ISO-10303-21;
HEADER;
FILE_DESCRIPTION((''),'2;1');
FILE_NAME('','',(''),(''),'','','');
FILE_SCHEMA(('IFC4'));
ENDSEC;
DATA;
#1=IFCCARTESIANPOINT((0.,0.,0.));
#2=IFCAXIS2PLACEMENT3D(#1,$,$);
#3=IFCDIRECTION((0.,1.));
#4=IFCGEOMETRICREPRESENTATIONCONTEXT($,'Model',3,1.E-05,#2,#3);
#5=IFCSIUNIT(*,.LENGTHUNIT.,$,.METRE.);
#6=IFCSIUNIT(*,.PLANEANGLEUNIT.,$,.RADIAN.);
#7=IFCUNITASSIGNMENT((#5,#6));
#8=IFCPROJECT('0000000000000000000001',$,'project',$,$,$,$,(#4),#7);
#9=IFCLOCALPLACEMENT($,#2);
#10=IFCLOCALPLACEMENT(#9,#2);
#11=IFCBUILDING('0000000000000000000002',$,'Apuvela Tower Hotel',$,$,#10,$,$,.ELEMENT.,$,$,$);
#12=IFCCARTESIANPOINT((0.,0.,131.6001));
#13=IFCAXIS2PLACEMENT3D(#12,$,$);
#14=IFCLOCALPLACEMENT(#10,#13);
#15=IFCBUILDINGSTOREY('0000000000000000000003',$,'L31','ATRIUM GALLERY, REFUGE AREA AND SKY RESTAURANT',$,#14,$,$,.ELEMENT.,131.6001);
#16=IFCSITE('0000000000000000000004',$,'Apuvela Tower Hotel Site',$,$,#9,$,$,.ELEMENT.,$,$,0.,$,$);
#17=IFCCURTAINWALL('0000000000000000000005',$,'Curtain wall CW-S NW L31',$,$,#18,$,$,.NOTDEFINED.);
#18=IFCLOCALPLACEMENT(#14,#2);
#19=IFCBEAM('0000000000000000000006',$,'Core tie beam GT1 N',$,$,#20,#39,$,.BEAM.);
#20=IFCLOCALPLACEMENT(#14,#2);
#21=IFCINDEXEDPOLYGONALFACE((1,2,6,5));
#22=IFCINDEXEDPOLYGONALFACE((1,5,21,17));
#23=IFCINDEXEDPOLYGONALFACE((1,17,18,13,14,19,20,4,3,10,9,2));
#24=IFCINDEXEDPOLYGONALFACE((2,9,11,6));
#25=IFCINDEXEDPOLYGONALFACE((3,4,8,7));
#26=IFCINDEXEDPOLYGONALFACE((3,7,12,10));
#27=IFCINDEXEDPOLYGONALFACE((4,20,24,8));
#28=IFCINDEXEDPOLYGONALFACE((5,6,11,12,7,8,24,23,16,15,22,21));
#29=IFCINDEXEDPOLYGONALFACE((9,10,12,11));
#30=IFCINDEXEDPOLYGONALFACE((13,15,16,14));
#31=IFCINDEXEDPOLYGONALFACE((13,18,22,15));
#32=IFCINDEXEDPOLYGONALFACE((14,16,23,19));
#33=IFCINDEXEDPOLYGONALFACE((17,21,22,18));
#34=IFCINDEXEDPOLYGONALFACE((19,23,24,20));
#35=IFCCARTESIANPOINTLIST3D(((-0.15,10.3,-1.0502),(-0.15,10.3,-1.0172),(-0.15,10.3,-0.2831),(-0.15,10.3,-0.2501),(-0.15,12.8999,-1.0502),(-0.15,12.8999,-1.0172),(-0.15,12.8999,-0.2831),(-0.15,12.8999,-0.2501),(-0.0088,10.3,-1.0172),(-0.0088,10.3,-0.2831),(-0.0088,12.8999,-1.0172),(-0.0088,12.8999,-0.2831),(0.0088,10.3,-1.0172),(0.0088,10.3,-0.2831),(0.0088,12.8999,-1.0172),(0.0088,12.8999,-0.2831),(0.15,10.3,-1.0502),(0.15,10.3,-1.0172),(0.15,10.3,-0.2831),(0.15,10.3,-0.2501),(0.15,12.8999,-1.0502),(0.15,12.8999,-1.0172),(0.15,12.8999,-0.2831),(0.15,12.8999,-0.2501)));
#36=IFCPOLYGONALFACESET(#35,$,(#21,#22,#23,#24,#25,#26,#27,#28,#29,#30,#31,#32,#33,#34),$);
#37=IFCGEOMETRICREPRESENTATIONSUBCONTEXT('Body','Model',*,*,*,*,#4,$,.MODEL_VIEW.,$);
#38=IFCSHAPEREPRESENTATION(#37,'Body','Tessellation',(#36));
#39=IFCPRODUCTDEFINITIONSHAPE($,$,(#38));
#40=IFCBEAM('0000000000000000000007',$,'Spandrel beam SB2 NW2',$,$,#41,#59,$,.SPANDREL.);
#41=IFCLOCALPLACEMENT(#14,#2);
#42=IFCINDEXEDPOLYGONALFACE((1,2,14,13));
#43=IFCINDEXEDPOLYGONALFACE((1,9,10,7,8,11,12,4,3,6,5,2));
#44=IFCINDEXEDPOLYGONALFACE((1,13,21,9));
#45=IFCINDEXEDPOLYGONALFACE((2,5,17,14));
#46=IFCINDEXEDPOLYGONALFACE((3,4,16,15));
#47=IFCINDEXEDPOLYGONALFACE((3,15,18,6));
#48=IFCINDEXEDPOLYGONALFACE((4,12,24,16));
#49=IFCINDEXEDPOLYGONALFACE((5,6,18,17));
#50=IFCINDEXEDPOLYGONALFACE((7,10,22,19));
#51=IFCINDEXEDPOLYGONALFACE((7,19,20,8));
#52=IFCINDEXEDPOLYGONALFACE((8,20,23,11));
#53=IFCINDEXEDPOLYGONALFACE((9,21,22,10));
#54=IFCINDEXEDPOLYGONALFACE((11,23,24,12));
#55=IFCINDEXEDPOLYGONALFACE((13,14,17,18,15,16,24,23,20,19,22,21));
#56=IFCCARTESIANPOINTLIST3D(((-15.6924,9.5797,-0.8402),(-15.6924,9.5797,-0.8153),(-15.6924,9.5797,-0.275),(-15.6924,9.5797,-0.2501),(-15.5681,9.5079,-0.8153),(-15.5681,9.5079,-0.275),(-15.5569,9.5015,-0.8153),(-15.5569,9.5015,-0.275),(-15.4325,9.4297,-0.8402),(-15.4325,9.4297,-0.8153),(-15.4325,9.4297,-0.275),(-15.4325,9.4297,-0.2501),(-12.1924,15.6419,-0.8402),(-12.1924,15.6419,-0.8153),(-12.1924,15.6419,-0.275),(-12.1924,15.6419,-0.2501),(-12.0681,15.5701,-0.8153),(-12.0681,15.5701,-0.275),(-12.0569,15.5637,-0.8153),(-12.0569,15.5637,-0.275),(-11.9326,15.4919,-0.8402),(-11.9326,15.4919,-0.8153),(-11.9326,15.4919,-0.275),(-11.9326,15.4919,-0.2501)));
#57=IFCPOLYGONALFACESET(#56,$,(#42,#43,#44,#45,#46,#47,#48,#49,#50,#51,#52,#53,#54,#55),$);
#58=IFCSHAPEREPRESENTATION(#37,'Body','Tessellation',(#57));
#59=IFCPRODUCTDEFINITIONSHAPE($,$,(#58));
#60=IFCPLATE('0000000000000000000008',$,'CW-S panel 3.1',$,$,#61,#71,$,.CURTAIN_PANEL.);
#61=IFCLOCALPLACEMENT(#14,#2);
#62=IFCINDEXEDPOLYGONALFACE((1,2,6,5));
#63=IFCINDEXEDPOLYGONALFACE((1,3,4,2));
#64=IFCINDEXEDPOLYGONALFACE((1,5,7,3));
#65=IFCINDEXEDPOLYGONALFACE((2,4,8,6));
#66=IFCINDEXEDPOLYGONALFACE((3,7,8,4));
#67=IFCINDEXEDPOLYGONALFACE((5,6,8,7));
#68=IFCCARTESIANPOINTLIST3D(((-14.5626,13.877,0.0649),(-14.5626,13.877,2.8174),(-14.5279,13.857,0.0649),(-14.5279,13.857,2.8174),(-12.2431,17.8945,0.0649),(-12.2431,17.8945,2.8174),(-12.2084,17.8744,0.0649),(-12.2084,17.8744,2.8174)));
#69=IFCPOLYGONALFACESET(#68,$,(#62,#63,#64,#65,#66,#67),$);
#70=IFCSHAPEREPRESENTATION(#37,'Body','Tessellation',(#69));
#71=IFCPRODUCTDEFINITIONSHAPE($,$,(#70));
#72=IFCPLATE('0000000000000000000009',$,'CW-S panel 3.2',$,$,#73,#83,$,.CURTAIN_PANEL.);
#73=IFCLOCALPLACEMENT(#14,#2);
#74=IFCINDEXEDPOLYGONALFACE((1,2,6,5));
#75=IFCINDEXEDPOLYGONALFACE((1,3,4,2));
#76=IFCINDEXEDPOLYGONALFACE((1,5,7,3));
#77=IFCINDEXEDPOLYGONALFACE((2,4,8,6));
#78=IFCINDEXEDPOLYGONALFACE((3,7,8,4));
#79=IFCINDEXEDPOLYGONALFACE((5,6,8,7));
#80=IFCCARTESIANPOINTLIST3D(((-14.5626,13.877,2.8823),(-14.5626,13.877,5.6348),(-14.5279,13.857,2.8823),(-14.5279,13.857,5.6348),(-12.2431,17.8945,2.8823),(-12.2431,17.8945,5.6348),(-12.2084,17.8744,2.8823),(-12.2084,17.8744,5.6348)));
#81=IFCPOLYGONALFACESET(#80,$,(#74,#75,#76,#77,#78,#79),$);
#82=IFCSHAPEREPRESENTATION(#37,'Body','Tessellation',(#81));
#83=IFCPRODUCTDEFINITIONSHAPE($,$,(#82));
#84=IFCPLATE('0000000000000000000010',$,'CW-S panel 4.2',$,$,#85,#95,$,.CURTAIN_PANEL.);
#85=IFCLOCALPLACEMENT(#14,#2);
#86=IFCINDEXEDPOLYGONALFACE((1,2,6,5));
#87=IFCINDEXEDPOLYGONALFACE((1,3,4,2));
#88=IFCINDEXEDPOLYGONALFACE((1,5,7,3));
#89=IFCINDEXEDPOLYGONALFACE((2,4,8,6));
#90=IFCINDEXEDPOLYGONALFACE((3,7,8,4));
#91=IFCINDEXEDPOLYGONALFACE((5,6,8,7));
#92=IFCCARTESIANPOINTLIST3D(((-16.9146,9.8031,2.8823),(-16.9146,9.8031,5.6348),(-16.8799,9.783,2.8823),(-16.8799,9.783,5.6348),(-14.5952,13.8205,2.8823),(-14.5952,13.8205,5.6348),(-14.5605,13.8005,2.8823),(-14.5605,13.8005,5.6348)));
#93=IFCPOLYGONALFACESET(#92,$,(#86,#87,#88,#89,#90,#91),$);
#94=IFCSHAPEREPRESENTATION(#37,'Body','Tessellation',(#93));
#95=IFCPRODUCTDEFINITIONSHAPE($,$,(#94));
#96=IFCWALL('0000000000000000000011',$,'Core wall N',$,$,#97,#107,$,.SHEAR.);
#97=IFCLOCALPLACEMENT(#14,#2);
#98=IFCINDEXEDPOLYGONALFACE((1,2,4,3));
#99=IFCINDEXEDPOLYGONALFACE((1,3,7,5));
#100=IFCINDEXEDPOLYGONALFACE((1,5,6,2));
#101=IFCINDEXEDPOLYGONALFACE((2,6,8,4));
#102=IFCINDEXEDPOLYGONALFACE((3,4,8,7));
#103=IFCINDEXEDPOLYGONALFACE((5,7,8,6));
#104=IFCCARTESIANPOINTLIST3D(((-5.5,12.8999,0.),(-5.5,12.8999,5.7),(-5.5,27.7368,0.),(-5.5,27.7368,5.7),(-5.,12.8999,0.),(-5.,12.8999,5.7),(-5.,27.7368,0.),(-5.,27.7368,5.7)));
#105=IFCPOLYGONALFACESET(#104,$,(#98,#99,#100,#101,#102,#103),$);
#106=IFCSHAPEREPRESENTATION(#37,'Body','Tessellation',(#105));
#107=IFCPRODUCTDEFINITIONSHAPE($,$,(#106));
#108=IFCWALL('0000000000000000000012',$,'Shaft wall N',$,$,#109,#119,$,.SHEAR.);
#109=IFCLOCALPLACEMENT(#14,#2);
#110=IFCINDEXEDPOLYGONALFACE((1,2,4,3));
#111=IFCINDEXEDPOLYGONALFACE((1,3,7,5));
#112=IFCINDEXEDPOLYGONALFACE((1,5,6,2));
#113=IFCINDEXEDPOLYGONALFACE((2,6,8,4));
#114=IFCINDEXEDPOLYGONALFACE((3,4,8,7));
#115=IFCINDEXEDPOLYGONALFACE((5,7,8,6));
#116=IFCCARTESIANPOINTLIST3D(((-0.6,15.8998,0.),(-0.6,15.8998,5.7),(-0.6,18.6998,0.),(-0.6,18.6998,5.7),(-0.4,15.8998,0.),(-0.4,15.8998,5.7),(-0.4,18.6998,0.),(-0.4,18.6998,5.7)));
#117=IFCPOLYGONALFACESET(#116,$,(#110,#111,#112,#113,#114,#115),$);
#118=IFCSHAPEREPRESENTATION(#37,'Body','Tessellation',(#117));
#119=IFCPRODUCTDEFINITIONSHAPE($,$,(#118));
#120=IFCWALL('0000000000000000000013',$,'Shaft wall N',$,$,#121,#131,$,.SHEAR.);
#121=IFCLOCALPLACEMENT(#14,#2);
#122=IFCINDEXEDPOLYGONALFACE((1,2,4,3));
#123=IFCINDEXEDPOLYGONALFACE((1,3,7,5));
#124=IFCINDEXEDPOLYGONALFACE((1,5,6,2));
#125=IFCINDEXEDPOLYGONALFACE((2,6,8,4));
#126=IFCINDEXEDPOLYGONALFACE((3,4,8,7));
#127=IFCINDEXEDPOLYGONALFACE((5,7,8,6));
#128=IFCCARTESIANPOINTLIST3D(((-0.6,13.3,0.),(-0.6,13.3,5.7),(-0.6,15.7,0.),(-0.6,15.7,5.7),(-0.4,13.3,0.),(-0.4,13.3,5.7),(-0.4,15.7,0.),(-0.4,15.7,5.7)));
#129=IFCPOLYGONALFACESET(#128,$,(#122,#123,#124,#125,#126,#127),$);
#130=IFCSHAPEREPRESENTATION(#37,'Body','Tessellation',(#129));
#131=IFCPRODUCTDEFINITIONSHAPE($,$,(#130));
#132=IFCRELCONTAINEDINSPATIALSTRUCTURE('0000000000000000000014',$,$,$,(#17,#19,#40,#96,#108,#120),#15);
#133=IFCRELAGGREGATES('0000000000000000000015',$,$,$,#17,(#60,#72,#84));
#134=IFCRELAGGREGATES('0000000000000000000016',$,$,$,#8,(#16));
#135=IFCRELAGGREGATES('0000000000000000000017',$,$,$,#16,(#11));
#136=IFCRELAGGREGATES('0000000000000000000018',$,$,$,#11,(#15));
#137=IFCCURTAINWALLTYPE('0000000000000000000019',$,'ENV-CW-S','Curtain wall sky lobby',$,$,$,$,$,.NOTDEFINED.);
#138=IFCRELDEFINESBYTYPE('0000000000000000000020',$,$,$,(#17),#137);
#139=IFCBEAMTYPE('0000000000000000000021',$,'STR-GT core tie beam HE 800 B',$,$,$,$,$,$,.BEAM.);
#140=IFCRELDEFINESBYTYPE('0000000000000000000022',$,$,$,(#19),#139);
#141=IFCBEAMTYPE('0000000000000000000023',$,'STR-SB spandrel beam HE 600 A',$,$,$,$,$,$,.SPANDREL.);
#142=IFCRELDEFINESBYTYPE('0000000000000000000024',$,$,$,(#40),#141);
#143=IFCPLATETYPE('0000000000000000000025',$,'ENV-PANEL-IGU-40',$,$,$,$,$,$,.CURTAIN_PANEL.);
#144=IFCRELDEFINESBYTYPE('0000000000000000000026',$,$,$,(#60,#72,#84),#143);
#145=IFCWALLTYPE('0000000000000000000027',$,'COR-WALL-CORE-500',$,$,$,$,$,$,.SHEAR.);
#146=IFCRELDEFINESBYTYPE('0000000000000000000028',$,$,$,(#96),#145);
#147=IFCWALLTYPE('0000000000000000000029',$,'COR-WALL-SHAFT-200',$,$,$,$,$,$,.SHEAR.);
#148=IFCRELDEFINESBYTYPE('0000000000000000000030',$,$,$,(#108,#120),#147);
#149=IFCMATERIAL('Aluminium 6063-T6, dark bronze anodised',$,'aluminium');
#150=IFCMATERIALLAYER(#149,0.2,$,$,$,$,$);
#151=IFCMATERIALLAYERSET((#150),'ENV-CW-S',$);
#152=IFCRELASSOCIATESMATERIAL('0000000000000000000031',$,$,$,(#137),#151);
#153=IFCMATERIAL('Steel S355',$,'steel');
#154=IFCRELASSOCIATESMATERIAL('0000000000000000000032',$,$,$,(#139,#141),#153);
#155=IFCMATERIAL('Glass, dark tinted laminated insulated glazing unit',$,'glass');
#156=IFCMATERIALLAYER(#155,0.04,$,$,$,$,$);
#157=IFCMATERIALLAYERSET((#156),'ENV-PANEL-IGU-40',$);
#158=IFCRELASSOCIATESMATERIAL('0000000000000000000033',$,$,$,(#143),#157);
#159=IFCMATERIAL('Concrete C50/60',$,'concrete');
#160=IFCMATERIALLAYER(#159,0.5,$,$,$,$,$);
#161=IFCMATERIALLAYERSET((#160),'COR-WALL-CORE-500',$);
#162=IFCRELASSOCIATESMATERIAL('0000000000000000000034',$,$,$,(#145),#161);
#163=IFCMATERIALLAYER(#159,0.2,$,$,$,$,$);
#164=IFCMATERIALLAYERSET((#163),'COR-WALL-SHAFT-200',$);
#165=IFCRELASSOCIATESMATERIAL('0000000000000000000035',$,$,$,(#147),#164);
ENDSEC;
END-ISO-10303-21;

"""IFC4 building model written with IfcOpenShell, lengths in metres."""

from ifc_helpers import new_model, si_unit, direction, frame, frame_2d, origin, origin_2d, place, context, subcontext, project, spatial, rectangle, i_section, extrude, material, layer, layer_set, material_profile, profile_set, type_object, element, aggregate, save


model = new_model("IFC4")

# Units and contexts
model_context = context("Model", 3, precision=1e-05, world=origin(), true_north=direction((0.0, 1.0)))
body_context = subcontext(model_context, "Body", "Model", "MODEL_VIEW")
ifc_project = project(units=[si_unit("LENGTHUNIT", "METRE"), si_unit("PLANEANGLEUNIT", "RADIAN")], contexts=[model_context])

# Site, building, storey
site_placement = place(None, origin())
site = spatial("IfcSite", under=ifc_project, at=site_placement, Name="Apuvela Tower Hotel Site", CompositionType="ELEMENT", RefElevation=0.0)
building_placement = place(site_placement, origin())
building = spatial("IfcBuilding", under=site, at=building_placement, Name="Apuvela Tower Hotel", CompositionType="ELEMENT")
storey_placement = place(building_placement, frame((0.0, 0.0, 131.6001)))
storey = spatial("IfcBuildingStorey", under=building, at=storey_placement, Name="L31", Description="ATRIUM GALLERY, REFUGE AREA AND SKY RESTAURANT", CompositionType="ELEMENT", Elevation=131.6001)

# Curtain wall
ifc_material_1 = material(Name="Aluminium 6063-T6, dark bronze anodised", Category="aluminium")
ifc_layer_1 = layer(ifc_material_1, 0.2)
ifc_layer_set_1 = layer_set([ifc_layer_1], Name="ENV-CW-S")
curtain_wall_type = type_object("IfcCurtainWallType", Name="ENV-CW-S", Description="Curtain wall sky lobby", PredefinedType="NOTDEFINED", material=ifc_layer_set_1)
curtain_wall_placement = place(storey_placement, origin())
curtain_wall = element("IfcCurtainWall", 1, at=curtain_wall_placement, inside=storey, type_object=curtain_wall_type, Name="Curtain wall CW-S NW L31", PredefinedType="NOTDEFINED")

# Beams
ifc_material_2 = material(Name="Steel S355", Category="steel")
ifc_material_profile_1 = material_profile(ifc_material_2, i_section(OverallWidth=0.3, OverallDepth=0.8, WebThickness=0.0176, FlangeThickness=0.033, at=origin_2d()), Name="HE 800 B")
ifc_profile_set_1 = profile_set([ifc_material_profile_1], Name="Steel S355")
beam_type_1 = type_object("IfcBeamType", Name="STR-GT core tie beam HE 800 B", PredefinedType="BEAM", material=ifc_profile_set_1)
beam_1_placement = place(storey_placement, frame((0.0, 12.8999, -0.6501), z_axis=(0.0, -1.0, 0.0), x_axis=(1.0, 0.0, 0.0)))
element("IfcBeam", 2, at=beam_1_placement, inside=storey, type_object=beam_type_1, Name="Core tie beam GT1 N", PredefinedType="BEAM", context=body_context, shape_type="SweptSolid", body=[
    extrude(i_section(OverallWidth=0.3, OverallDepth=0.8, WebThickness=0.0176, FlangeThickness=0.033, at=origin_2d()), origin(), (0.0, 0.0, 1.0), 2.5999),
])
ifc_material_profile_2 = material_profile(ifc_material_2, i_section(OverallWidth=0.3, OverallDepth=0.5901, WebThickness=0.0129, FlangeThickness=0.0249, at=origin_2d()), Name="HE 600 A")
ifc_profile_set_2 = profile_set([ifc_material_profile_2], Name="Steel S355")
beam_type_2 = type_object("IfcBeamType", Name="STR-SB spandrel beam HE 600 A", PredefinedType="SPANDREL", material=ifc_profile_set_2)
beam_2_placement = place(storey_placement, frame((-12.0625, 15.5669, -0.5452), z_axis=(-0.499995, -0.866028, 0.0), x_axis=(0.866028, -0.499995, 0.0)))
element("IfcBeam", 3, at=beam_2_placement, inside=storey, type_object=beam_type_2, Name="Spandrel beam SB2 NW2", PredefinedType="SPANDREL", context=body_context, shape_type="SweptSolid", body=[
    extrude(i_section(OverallWidth=0.3, OverallDepth=0.5901, WebThickness=0.0129, FlangeThickness=0.0249, at=origin_2d()), origin(), (0.0, 0.0, 1.0), 7.0),
])

# Plates
ifc_material_3 = material(Name="Glass, dark tinted laminated insulated glazing unit", Category="glass")
ifc_layer_2 = layer(ifc_material_3, 0.04)
ifc_layer_set_2 = layer_set([ifc_layer_2], Name="ENV-PANEL-IGU-40")
plate_type = type_object("IfcPlateType", Name="ENV-PANEL-IGU-40", PredefinedType="CURTAIN_PANEL", material=ifc_layer_set_2)
plate_1_placement = place(storey_placement, frame((-13.3855, 15.8757, 0.0649), z_axis=(0.0, 0.0, 1.0), x_axis=(-0.499999, -0.866026, 0.0)))
plate_1 = element("IfcPlate", 4, at=plate_1_placement, type_object=plate_type, Name="CW-S panel 3.1", PredefinedType="CURTAIN_PANEL", context=body_context, shape_type="SweptSolid", body=[
    extrude(rectangle(XDim=4.6389, YDim=0.04, at=origin_2d()), origin(), (0.0, 0.0, 1.0), 2.7524),
])
plate_2_placement = place(storey_placement, frame((-13.3855, 15.8757, 2.8823), z_axis=(0.0, 0.0, 1.0), x_axis=(-0.499999, -0.866026, 0.0)))
plate_2 = element("IfcPlate", 5, at=plate_2_placement, type_object=plate_type, Name="CW-S panel 3.2", PredefinedType="CURTAIN_PANEL", context=body_context, shape_type="SweptSolid", body=[
    extrude(rectangle(XDim=4.6389, YDim=0.04, at=origin_2d()), origin(), (0.0, 0.0, 1.0), 2.7524),
])
plate_3_placement = place(storey_placement, frame((-15.7375, 11.8018, 2.8823), z_axis=(0.0, 0.0, 1.0), x_axis=(-0.499999, -0.866026, 0.0)))
plate_3 = element("IfcPlate", 6, at=plate_3_placement, type_object=plate_type, Name="CW-S panel 4.2", PredefinedType="CURTAIN_PANEL", context=body_context, shape_type="SweptSolid", body=[
    extrude(rectangle(XDim=4.6389, YDim=0.04, at=origin_2d()), origin(), (0.0, 0.0, 1.0), 2.7524),
])
aggregate(curtain_wall, [plate_1, plate_2, plate_3])

# Walls
ifc_material_4 = material(Name="Concrete C50/60", Category="concrete")
ifc_layer_3 = layer(ifc_material_4, 0.5)
ifc_layer_set_3 = layer_set([ifc_layer_3], Name="COR-WALL-CORE-500")
wall_type_1 = type_object("IfcWallType", Name="COR-WALL-CORE-500", PredefinedType="SHEAR", material=ifc_layer_set_3)
wall_1_placement = place(storey_placement, frame((-5.25, 12.8999, 0.0), z_axis=(0.0, 0.0, 1.0), x_axis=(0.0, 1.0, 0.0)))
element("IfcWall", 7, at=wall_1_placement, inside=storey, type_object=wall_type_1, Name="Core wall N", PredefinedType="SHEAR", context=body_context, shape_type="SweptSolid", body=[
    extrude(rectangle(XDim=14.8369, YDim=0.5, at=frame_2d((7.4185, 0.0))), origin(), (0.0, 0.0, 1.0), 5.7),
])
ifc_layer_4 = layer(ifc_material_4, 0.2)
ifc_layer_set_4 = layer_set([ifc_layer_4], Name="COR-WALL-SHAFT-200")
wall_type_2 = type_object("IfcWallType", Name="COR-WALL-SHAFT-200", PredefinedType="SHEAR", material=ifc_layer_set_4)
wall_2_placement = place(storey_placement, frame((-0.5, 15.8999, 0.0), z_axis=(0.0, 0.0, 1.0), x_axis=(0.0, 1.0, 0.0)))
element("IfcWall", 8, at=wall_2_placement, inside=storey, type_object=wall_type_2, Name="Shaft wall N", PredefinedType="SHEAR", context=body_context, shape_type="SweptSolid", body=[
    extrude(rectangle(XDim=2.8, YDim=0.2, at=frame_2d((1.3999, 0.0))), origin(), (0.0, 0.0, 1.0), 5.7),
])
wall_3_placement = place(storey_placement, frame((-0.5, 13.3, 0.0), z_axis=(0.0, 0.0, 1.0), x_axis=(0.0, 1.0, 0.0)))
element("IfcWall", 9, at=wall_3_placement, inside=storey, type_object=wall_type_2, Name="Shaft wall N", PredefinedType="SHEAR", context=body_context, shape_type="SweptSolid", body=[
    extrude(rectangle(XDim=2.3999, YDim=0.2, at=frame_2d((1.2, 0.0))), origin(), (0.0, 0.0, 1.0), 5.7),
])

save(model, "model.ifc")
